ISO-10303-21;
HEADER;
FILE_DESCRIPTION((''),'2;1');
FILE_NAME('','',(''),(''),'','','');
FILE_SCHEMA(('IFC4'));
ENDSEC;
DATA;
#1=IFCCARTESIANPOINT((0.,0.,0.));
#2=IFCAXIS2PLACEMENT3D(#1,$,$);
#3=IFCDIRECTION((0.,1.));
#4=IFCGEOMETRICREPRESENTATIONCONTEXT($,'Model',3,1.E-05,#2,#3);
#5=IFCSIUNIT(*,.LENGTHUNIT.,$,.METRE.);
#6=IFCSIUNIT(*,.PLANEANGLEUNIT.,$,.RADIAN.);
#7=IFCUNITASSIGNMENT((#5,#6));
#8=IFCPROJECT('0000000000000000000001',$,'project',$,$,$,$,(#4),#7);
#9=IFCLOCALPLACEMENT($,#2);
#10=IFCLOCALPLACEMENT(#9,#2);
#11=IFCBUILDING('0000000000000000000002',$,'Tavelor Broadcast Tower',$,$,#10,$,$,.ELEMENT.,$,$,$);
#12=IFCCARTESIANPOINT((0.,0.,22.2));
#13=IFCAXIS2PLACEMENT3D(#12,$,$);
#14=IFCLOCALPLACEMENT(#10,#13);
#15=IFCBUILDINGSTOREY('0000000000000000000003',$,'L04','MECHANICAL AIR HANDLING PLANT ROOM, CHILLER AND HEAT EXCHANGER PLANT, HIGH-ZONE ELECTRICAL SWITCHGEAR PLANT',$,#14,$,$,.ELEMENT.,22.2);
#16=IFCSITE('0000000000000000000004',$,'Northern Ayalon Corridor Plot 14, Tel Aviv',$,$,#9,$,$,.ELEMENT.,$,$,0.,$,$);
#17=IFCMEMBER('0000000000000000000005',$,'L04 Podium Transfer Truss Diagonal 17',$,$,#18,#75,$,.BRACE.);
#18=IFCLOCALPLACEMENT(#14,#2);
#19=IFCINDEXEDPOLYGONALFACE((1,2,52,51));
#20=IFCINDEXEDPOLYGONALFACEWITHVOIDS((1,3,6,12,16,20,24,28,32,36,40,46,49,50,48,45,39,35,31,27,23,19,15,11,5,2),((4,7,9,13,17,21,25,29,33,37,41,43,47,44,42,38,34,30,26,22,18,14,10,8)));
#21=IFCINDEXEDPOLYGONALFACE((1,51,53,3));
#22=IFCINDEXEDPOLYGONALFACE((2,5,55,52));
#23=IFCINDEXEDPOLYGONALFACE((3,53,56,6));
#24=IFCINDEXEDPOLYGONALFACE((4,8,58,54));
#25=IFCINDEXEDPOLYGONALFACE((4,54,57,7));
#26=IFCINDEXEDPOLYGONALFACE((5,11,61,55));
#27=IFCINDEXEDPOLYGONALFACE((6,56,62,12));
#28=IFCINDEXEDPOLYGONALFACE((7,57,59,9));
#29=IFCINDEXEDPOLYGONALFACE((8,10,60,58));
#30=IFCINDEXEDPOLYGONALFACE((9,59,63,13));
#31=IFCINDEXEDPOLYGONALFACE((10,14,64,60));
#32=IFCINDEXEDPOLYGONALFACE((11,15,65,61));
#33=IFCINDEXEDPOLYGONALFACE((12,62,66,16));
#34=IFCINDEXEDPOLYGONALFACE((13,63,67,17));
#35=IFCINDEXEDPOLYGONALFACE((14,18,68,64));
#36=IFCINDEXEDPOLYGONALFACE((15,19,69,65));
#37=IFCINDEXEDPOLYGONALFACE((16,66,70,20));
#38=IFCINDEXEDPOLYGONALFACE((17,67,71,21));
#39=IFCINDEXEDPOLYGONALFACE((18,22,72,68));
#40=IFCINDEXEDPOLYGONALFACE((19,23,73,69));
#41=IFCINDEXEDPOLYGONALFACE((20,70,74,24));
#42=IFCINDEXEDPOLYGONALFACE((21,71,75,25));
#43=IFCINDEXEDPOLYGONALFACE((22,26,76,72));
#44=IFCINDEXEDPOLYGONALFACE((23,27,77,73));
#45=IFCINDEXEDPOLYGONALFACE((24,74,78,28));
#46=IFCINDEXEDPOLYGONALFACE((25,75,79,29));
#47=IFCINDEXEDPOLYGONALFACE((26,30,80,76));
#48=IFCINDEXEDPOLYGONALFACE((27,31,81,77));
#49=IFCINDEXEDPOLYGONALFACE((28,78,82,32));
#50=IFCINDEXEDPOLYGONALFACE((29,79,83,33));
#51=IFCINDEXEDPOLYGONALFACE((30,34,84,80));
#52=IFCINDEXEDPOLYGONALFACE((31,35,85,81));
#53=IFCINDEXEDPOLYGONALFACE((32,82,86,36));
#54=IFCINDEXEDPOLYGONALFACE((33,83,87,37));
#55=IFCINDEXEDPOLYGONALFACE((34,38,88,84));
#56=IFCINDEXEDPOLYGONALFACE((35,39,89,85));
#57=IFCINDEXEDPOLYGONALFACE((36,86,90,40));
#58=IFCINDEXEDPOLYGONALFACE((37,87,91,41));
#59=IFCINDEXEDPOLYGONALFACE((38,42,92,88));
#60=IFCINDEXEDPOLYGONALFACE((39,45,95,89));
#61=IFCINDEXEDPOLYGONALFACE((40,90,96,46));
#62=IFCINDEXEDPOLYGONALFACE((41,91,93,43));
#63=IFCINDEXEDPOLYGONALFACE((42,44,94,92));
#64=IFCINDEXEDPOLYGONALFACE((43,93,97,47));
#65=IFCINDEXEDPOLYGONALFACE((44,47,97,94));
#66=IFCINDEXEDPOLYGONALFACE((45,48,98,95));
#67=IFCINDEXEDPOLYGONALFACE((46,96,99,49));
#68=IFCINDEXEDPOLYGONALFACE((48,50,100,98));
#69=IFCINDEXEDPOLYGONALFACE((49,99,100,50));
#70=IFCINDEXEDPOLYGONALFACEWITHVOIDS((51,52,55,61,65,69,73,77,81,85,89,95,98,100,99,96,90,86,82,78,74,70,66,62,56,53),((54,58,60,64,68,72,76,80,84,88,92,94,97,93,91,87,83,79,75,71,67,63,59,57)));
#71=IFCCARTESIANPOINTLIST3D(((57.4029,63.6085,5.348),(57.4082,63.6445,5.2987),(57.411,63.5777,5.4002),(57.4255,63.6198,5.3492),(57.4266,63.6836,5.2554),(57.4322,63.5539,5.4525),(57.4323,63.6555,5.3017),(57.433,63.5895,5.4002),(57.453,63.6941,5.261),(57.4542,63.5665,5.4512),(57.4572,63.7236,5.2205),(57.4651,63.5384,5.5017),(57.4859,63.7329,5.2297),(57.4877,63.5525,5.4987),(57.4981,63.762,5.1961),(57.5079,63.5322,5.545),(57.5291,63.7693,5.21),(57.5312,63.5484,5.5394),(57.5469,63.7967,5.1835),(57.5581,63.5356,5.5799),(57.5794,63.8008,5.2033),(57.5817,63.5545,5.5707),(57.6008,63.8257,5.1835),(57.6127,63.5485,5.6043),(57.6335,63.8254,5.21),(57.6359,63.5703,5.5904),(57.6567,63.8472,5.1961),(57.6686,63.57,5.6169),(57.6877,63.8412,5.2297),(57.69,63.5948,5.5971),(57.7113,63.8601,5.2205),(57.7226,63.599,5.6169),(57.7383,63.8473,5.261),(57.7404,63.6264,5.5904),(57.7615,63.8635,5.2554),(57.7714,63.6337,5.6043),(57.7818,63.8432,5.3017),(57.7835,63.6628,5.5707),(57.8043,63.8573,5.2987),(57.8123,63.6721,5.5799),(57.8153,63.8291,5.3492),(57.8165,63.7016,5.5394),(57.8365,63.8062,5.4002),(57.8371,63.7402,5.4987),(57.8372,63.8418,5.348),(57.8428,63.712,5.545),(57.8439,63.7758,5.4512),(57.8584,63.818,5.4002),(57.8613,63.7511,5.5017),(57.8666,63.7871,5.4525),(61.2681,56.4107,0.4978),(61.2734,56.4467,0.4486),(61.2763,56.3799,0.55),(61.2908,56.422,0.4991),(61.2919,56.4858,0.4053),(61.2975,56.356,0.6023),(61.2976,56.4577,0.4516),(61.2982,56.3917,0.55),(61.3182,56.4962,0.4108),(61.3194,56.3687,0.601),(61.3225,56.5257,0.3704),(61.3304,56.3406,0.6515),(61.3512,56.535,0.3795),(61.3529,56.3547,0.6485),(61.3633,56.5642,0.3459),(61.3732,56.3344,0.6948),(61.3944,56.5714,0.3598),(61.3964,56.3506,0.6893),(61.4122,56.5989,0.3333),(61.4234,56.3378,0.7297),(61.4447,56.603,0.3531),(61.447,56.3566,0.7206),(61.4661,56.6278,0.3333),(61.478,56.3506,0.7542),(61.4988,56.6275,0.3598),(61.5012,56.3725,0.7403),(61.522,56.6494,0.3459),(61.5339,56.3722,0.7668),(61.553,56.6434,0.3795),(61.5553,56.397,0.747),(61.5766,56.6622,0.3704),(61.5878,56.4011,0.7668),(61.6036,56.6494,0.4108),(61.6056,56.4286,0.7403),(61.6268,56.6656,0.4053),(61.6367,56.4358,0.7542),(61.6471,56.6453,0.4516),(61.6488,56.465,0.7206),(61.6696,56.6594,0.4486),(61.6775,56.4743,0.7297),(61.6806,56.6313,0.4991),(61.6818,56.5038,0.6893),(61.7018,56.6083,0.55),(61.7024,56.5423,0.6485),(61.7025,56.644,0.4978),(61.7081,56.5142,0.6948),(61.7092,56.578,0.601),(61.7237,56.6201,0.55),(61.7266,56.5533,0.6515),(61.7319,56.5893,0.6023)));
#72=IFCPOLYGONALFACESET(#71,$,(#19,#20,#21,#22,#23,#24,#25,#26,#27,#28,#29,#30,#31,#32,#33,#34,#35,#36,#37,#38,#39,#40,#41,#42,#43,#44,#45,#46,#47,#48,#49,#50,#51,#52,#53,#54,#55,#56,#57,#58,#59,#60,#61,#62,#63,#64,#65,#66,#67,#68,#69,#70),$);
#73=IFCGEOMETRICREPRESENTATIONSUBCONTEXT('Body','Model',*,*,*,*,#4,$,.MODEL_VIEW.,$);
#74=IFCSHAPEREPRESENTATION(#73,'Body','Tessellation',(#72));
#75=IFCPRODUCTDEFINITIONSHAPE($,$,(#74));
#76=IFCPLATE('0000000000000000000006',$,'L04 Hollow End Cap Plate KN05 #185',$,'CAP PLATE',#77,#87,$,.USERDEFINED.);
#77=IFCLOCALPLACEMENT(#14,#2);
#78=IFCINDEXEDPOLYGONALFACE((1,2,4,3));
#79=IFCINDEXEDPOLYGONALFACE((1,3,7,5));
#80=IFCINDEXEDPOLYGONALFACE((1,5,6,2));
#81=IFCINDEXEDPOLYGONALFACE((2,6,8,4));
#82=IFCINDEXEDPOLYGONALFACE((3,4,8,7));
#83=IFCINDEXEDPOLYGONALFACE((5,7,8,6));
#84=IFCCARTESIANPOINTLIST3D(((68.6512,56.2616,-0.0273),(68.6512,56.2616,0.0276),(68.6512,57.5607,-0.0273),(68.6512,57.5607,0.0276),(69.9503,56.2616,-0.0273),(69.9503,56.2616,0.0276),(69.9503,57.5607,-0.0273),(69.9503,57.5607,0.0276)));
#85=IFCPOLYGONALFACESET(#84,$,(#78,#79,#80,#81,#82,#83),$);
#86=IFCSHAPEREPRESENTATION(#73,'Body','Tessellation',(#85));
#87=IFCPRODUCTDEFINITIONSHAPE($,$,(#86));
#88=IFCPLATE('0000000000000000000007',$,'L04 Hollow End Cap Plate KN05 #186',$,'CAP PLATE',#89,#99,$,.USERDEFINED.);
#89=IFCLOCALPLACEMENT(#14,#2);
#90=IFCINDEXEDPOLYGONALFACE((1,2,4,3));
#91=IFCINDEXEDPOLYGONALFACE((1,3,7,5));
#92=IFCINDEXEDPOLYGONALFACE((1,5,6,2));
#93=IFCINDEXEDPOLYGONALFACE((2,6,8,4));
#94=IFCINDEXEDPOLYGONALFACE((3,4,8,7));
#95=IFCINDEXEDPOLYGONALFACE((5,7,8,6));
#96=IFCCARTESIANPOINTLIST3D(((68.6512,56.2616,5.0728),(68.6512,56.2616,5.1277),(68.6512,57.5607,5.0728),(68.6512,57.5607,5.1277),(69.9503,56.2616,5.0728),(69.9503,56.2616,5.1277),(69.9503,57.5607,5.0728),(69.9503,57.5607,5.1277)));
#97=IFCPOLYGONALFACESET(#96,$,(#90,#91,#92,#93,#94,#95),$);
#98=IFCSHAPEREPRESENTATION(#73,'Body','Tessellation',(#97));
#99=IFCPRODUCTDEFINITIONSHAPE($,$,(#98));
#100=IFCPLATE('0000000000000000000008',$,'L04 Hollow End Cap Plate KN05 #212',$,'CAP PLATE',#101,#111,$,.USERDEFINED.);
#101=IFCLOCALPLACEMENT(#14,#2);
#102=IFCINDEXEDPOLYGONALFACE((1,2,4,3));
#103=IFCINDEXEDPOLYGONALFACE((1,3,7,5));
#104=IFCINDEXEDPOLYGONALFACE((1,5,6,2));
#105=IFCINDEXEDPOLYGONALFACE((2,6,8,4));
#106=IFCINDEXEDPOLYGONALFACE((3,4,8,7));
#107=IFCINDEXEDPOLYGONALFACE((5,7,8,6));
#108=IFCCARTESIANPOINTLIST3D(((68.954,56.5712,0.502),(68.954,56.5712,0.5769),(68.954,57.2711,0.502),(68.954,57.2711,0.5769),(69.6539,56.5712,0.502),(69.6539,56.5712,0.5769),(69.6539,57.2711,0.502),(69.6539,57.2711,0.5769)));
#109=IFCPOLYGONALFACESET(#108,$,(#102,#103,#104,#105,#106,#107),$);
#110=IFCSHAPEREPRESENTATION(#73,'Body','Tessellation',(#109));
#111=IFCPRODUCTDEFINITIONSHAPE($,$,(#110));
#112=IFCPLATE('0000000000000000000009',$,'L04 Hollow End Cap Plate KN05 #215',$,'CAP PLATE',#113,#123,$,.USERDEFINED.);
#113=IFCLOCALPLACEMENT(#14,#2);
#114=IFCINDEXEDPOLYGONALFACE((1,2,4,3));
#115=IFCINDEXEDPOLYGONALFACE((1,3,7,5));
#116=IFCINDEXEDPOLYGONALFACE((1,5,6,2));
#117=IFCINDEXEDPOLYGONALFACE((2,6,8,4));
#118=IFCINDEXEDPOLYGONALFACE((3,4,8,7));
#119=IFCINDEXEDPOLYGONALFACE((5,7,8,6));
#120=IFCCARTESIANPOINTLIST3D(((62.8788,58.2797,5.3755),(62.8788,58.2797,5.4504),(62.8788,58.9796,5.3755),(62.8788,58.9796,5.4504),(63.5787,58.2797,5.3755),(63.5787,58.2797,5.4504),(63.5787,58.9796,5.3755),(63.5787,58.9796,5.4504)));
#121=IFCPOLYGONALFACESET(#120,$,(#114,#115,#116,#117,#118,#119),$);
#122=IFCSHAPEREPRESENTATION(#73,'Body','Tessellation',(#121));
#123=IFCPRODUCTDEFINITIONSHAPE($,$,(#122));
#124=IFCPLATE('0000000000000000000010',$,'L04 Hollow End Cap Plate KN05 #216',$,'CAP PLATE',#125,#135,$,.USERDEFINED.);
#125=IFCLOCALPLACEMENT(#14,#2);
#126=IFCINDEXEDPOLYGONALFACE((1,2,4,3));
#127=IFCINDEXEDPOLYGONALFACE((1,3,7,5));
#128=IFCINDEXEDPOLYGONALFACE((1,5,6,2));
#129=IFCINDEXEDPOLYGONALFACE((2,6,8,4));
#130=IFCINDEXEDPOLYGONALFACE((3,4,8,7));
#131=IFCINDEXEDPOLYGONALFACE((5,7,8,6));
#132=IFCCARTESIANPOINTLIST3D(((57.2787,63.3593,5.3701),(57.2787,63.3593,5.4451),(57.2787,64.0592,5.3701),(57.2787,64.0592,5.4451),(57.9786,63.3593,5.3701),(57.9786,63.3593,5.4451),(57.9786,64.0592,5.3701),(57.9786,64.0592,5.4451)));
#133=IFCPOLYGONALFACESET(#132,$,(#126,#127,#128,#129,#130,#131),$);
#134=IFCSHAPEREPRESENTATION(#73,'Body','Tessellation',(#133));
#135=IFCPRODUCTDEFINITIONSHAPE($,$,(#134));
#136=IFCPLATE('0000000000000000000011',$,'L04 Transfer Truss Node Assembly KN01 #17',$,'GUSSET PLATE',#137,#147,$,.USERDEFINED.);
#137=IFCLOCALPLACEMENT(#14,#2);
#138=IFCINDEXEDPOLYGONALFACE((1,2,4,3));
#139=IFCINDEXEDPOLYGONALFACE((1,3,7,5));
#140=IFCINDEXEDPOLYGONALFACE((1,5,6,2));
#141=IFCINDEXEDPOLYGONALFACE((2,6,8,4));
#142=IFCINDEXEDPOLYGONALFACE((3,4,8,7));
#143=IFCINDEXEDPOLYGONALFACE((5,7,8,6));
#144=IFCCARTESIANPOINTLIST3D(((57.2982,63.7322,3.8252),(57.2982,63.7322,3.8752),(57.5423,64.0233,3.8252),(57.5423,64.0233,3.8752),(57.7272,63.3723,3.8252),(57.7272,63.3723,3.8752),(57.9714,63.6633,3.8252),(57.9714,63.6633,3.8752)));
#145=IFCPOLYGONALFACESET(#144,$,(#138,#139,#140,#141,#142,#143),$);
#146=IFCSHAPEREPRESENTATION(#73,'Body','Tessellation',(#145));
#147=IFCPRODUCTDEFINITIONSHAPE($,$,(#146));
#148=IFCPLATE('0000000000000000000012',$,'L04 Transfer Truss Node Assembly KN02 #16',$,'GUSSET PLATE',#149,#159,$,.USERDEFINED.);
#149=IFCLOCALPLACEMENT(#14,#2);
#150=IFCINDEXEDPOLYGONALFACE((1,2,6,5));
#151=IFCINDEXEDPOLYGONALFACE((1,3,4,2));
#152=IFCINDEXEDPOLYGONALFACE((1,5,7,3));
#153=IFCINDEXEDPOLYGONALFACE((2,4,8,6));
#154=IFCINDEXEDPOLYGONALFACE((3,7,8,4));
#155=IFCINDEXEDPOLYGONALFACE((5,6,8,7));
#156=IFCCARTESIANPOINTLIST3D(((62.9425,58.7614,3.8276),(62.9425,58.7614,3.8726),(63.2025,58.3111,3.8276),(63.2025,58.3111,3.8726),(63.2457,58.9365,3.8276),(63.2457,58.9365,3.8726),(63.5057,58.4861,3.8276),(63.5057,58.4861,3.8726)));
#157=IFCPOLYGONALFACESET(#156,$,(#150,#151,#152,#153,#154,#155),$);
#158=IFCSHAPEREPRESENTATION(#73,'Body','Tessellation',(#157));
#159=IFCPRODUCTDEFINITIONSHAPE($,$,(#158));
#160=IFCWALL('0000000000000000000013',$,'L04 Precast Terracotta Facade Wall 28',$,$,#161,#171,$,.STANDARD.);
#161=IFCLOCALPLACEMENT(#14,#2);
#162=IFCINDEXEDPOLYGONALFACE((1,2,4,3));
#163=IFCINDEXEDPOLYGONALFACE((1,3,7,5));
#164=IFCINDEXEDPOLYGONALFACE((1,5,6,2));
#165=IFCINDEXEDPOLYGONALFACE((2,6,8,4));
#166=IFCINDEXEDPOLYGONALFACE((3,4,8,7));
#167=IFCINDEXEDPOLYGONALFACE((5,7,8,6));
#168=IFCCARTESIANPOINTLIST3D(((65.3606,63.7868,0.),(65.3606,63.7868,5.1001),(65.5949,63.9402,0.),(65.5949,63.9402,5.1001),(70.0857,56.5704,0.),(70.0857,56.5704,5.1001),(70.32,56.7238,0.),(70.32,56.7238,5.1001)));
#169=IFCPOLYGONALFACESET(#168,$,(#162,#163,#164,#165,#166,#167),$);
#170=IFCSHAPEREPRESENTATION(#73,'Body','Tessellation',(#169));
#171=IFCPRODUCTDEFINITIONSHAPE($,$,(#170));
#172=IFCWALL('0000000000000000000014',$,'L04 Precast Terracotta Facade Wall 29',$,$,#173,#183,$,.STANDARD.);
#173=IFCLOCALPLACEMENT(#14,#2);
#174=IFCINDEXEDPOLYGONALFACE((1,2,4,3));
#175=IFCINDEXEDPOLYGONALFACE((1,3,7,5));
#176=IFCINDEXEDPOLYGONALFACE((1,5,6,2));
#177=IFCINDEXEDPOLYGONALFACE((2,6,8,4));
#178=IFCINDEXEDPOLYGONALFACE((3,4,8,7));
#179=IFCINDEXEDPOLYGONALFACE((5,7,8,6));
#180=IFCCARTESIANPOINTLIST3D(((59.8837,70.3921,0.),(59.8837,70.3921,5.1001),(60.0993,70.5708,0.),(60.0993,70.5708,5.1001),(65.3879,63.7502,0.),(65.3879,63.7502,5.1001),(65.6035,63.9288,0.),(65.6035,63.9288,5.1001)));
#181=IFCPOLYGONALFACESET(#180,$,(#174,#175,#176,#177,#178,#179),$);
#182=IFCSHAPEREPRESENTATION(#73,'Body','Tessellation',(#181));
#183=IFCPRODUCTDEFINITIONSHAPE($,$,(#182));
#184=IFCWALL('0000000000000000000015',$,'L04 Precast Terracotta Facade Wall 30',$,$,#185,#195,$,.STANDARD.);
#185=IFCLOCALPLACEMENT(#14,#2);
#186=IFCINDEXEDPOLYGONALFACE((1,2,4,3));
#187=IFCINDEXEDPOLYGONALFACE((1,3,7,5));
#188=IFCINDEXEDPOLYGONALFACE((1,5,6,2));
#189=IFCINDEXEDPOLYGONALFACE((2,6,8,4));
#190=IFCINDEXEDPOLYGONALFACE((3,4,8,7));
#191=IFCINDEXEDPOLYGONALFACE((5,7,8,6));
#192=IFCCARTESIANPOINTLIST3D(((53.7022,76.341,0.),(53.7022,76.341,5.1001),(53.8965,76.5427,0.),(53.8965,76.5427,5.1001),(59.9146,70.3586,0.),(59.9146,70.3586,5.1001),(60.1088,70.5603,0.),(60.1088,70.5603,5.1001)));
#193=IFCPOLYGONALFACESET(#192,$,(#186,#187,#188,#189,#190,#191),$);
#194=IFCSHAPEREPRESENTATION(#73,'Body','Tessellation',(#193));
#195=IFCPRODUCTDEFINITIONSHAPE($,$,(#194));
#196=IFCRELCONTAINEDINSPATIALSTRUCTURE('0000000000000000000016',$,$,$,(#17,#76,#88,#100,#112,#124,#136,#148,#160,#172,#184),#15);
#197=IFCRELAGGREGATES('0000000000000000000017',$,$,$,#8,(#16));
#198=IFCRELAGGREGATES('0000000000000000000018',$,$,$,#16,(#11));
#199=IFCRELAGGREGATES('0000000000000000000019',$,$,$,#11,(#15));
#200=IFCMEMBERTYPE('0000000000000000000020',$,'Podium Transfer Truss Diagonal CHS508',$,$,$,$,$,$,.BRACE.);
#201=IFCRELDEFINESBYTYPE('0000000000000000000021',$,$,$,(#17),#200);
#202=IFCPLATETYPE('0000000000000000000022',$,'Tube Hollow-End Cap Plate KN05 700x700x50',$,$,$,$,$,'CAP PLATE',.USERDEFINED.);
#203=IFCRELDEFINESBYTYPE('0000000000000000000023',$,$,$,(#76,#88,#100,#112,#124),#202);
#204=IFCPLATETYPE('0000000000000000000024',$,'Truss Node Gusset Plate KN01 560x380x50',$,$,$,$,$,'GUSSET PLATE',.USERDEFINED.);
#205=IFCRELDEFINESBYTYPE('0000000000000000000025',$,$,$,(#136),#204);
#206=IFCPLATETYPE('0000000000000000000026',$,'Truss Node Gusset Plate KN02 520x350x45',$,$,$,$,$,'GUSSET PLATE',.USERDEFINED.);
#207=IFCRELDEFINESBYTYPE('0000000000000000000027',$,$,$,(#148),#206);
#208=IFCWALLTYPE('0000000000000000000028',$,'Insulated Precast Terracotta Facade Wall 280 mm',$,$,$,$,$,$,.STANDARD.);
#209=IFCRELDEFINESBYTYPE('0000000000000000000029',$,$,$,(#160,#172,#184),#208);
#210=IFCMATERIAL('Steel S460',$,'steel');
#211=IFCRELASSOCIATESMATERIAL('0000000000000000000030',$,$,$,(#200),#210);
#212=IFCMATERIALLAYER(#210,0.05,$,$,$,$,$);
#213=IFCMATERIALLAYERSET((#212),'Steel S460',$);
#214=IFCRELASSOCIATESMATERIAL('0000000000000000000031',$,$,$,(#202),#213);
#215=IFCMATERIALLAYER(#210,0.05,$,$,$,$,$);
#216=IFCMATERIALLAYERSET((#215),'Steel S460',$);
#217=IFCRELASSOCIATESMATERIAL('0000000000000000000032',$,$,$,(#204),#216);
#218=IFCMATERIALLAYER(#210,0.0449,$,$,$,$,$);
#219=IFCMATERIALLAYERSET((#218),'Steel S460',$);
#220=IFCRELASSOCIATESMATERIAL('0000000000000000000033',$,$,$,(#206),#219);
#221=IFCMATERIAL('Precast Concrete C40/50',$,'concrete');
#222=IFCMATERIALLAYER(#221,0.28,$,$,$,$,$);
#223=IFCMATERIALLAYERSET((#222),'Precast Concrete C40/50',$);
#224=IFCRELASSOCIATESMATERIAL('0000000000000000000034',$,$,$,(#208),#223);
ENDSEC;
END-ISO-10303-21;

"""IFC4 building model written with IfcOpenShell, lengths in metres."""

from ifc_helpers import new_model, si_unit, direction, frame, frame_2d, origin, origin_2d, place, context, subcontext, project, spatial, rectangle, hollow_circle, extrude, source, transform, mapped, material, layer, layer_set, material_profile, profile_set, type_object, type_shapes, element, save


model = new_model("IFC4")

# Units and contexts
model_context = context("Model", 3, precision=1e-05, world=origin(), true_north=direction((0.0, 1.0)))
body_context = subcontext(model_context, "Body", "Model", "MODEL_VIEW")
ifc_project = project(units=[si_unit("LENGTHUNIT", "METRE"), si_unit("PLANEANGLEUNIT", "RADIAN")], contexts=[model_context])

# Site, building, storey
site_placement = place(None, origin())
site = spatial("IfcSite", under=ifc_project, at=site_placement, Name="Northern Ayalon Corridor Plot 14, Tel Aviv", CompositionType="ELEMENT", RefElevation=0.0)
building_placement = place(site_placement, origin())
building = spatial("IfcBuilding", under=site, at=building_placement, Name="Tavelor Broadcast Tower", CompositionType="ELEMENT")
storey_placement = place(building_placement, frame((0.0, 0.0, 22.2)))
storey = spatial("IfcBuildingStorey", under=building, at=storey_placement, Name="L04", Description="MECHANICAL AIR HANDLING PLANT ROOM, CHILLER AND HEAT EXCHANGER PLANT, HIGH-ZONE ELECTRICAL SWITCHGEAR PLANT", CompositionType="ELEMENT", Elevation=22.2)

# Shared definitions
ifc_material_1 = material(Name="Steel S460", Category="steel")

# Member
ifc_material_profile_1 = material_profile(ifc_material_1, hollow_circle(Radius=0.2539, WallThickness=0.0249, at=origin_2d()), Name="CHS 508x25")
ifc_profile_set_1 = profile_set([ifc_material_profile_1], Name="Steel S460")
member_type = type_object("IfcMemberType", Name="Podium Transfer Truss Diagonal CHS508", PredefinedType="BRACE", material=ifc_profile_set_1)
member_1_placement = place(storey_placement, frame((61.5, 56.5, 0.55), z_axis=(-0.406819, 0.75757, 0.510477), x_axis=(-0.881006, -0.473105, 0.0)))
element("IfcMember", 1, at=member_1_placement, inside=storey, type_object=member_type, Name="L04 Podium Transfer Truss Diagonal 17", PredefinedType="BRACE", context=body_context, shape_type="SweptSolid", body=[
    extrude(hollow_circle(Radius=0.2539, WallThickness=0.0249, at=origin_2d()), origin(), (0.0, 0.0, 1.0), 9.5012),
])

# Plates
ifc_layer_1 = layer(ifc_material_1, 0.05)
ifc_layer_set_1 = layer_set([ifc_layer_1], Name="Steel S460")
plate_type_1 = type_object("IfcPlateType", Name="Tube Hollow-End Cap Plate KN05 700x700x50", ElementType="CAP PLATE", PredefinedType="USERDEFINED", material=ifc_layer_set_1)
shared_shape_1 = source(origin(), body_context, "Body", "SweptSolid", [
    extrude(rectangle(XDim=1.2991, YDim=1.2991, at=origin_2d()), origin(), (0.0, 0.0, 1.0), 0.0549),
])
for number, where, z_axis, x_axis, name in (
    (2, (69.3008, 56.9111, -0.0273), (0.0, 0.0, 1.0), (1.0, 0.0, 0.0), "L04 Hollow End Cap Plate KN05 #185"),
    (3, (69.3008, 56.9111, 5.0728), (0.0, 0.0, 1.0), (1.0, 0.0, 0.0), "L04 Hollow End Cap Plate KN05 #186"),
):
    element("IfcPlate", number, at=place(storey_placement, frame(where, z_axis=z_axis, x_axis=x_axis)), inside=storey, type_object=plate_type_1, Name=name, ObjectType="CAP PLATE", PredefinedType="USERDEFINED", context=body_context, shape_type="MappedRepresentation", body=[
        mapped(shared_shape_1, transform((0.0, 0.0, 0.0), scale=1.0)),
    ])
shared_shape_2 = source(origin(), body_context, "Body", "SweptSolid", [
    extrude(rectangle(XDim=0.7, YDim=0.7, at=origin_2d()), origin(), (0.0, 0.0, 1.0), 0.075),
])
type_shapes(plate_type_1, [shared_shape_1, shared_shape_2])
for number, where, z_axis, x_axis, name in (
    (4, (69.304, 56.9211, 0.502), (0.0, 0.0, 1.0), (1.0, 0.0, 0.0), "L04 Hollow End Cap Plate KN05 #212"),
    (5, (63.2288, 58.6296, 5.3755), (0.0, 0.0, 1.0), (1.0, 0.0, 0.0), "L04 Hollow End Cap Plate KN05 #215"),
    (6, (57.6287, 63.7092, 5.3701), (0.0, 0.0, 1.0), (1.0, 0.0, 0.0), "L04 Hollow End Cap Plate KN05 #216"),
):
    element("IfcPlate", number, at=place(storey_placement, frame(where, z_axis=z_axis, x_axis=x_axis)), inside=storey, type_object=plate_type_1, Name=name, ObjectType="CAP PLATE", PredefinedType="USERDEFINED", context=body_context, shape_type="MappedRepresentation", body=[
        mapped(shared_shape_2, transform((0.0, 0.0, 0.0), scale=1.0)),
    ])
ifc_layer_2 = layer(ifc_material_1, 0.05)
ifc_layer_set_2 = layer_set([ifc_layer_2], Name="Steel S460")
plate_type_2 = type_object("IfcPlateType", Name="Truss Node Gusset Plate KN01 560x380x50", ElementType="GUSSET PLATE", PredefinedType="USERDEFINED", material=ifc_layer_set_2)
shared_shape_3 = source(origin(), body_context, "Body", "SweptSolid", [
    extrude(rectangle(XDim=0.5601, YDim=0.3799, at=origin_2d()), origin(), (0.0, 0.0, 1.0), 0.05),
])
type_shapes(plate_type_2, [shared_shape_3])
plate_1_placement = place(storey_placement, frame((57.6348, 63.6978, 3.8252), z_axis=(0.0, 0.0, 1.0), x_axis=(0.766044, -0.642788, 0.0)))
element("IfcPlate", 7, at=plate_1_placement, inside=storey, type_object=plate_type_2, Name="L04 Transfer Truss Node Assembly KN01 #17", ObjectType="GUSSET PLATE", PredefinedType="USERDEFINED", context=body_context, shape_type="MappedRepresentation", body=[
    mapped(shared_shape_3, transform((0.0, 0.0, 0.0), scale=1.0)),
])
ifc_layer_3 = layer(ifc_material_1, 0.0449)
ifc_layer_set_3 = layer_set([ifc_layer_3], Name="Steel S460")
plate_type_3 = type_object("IfcPlateType", Name="Truss Node Gusset Plate KN02 520x350x45", ElementType="GUSSET PLATE", PredefinedType="USERDEFINED", material=ifc_layer_set_3)
shared_shape_4 = source(origin(), body_context, "Body", "SweptSolid", [
    extrude(rectangle(XDim=0.52, YDim=0.3501, at=origin_2d()), origin(), (0.0, 0.0, 1.0), 0.0449),
])
type_shapes(plate_type_3, [shared_shape_4])
plate_2_placement = place(storey_placement, frame((63.2241, 58.6238, 3.8276), z_axis=(0.0, 0.0, 1.0), x_axis=(0.5, -0.866025, 0.0)))
element("IfcPlate", 8, at=plate_2_placement, inside=storey, type_object=plate_type_3, Name="L04 Transfer Truss Node Assembly KN02 #16", ObjectType="GUSSET PLATE", PredefinedType="USERDEFINED", context=body_context, shape_type="MappedRepresentation", body=[
    mapped(shared_shape_4, transform((0.0, 0.0, 0.0), scale=1.0)),
])

# Walls
ifc_material_2 = material(Name="Precast Concrete C40/50", Category="concrete")
ifc_layer_4 = layer(ifc_material_2, 0.28)
ifc_layer_set_4 = layer_set([ifc_layer_4], Name="Precast Concrete C40/50")
wall_type = type_object("IfcWallType", Name="Insulated Precast Terracotta Facade Wall 280 mm", PredefinedType="STANDARD", material=ifc_layer_set_4)
wall_1_placement = place(storey_placement, frame((70.2029, 56.647, 0.0), z_axis=(0.0, 0.0, 1.0), x_axis=(-0.547784, 0.83662, 0.0)))
element("IfcWall", 9, at=wall_1_placement, inside=storey, type_object=wall_type, Name="L04 Precast Terracotta Facade Wall 28", PredefinedType="STANDARD", context=body_context, shape_type="SweptSolid", body=[
    extrude(rectangle(XDim=8.6257, YDim=0.28, at=frame_2d((4.313, 0.0))), origin(), (0.0, 0.0, 1.0), 5.1001),
])
wall_2_placement = place(storey_placement, frame((65.4956, 63.8396, 0.0), z_axis=(0.0, 0.0, 1.0), x_axis=(-0.63808, 0.76997, 0.0)))
element("IfcWall", 10, at=wall_2_placement, inside=storey, type_object=wall_type, Name="L04 Precast Terracotta Facade Wall 29", PredefinedType="STANDARD", context=body_context, shape_type="SweptSolid", body=[
    extrude(rectangle(XDim=8.6262, YDim=0.28, at=frame_2d((4.313, 0.0))), origin(), (0.0, 0.0, 1.0), 5.1001),
])
wall_3_placement = place(storey_placement, frame((60.0117, 70.4595, 0.0), z_axis=(0.0, 0.0, 1.0), x_axis=(-0.720314, 0.693648, 0.0)))
element("IfcWall", 11, at=wall_3_placement, inside=storey, type_object=wall_type, Name="L04 Precast Terracotta Facade Wall 30", PredefinedType="STANDARD", context=body_context, shape_type="SweptSolid", body=[
    extrude(rectangle(XDim=8.6245, YDim=0.28, at=frame_2d((4.3123, 0.0))), origin(), (0.0, 0.0, 1.0), 5.1001),
])

save(model, "model.ifc")
